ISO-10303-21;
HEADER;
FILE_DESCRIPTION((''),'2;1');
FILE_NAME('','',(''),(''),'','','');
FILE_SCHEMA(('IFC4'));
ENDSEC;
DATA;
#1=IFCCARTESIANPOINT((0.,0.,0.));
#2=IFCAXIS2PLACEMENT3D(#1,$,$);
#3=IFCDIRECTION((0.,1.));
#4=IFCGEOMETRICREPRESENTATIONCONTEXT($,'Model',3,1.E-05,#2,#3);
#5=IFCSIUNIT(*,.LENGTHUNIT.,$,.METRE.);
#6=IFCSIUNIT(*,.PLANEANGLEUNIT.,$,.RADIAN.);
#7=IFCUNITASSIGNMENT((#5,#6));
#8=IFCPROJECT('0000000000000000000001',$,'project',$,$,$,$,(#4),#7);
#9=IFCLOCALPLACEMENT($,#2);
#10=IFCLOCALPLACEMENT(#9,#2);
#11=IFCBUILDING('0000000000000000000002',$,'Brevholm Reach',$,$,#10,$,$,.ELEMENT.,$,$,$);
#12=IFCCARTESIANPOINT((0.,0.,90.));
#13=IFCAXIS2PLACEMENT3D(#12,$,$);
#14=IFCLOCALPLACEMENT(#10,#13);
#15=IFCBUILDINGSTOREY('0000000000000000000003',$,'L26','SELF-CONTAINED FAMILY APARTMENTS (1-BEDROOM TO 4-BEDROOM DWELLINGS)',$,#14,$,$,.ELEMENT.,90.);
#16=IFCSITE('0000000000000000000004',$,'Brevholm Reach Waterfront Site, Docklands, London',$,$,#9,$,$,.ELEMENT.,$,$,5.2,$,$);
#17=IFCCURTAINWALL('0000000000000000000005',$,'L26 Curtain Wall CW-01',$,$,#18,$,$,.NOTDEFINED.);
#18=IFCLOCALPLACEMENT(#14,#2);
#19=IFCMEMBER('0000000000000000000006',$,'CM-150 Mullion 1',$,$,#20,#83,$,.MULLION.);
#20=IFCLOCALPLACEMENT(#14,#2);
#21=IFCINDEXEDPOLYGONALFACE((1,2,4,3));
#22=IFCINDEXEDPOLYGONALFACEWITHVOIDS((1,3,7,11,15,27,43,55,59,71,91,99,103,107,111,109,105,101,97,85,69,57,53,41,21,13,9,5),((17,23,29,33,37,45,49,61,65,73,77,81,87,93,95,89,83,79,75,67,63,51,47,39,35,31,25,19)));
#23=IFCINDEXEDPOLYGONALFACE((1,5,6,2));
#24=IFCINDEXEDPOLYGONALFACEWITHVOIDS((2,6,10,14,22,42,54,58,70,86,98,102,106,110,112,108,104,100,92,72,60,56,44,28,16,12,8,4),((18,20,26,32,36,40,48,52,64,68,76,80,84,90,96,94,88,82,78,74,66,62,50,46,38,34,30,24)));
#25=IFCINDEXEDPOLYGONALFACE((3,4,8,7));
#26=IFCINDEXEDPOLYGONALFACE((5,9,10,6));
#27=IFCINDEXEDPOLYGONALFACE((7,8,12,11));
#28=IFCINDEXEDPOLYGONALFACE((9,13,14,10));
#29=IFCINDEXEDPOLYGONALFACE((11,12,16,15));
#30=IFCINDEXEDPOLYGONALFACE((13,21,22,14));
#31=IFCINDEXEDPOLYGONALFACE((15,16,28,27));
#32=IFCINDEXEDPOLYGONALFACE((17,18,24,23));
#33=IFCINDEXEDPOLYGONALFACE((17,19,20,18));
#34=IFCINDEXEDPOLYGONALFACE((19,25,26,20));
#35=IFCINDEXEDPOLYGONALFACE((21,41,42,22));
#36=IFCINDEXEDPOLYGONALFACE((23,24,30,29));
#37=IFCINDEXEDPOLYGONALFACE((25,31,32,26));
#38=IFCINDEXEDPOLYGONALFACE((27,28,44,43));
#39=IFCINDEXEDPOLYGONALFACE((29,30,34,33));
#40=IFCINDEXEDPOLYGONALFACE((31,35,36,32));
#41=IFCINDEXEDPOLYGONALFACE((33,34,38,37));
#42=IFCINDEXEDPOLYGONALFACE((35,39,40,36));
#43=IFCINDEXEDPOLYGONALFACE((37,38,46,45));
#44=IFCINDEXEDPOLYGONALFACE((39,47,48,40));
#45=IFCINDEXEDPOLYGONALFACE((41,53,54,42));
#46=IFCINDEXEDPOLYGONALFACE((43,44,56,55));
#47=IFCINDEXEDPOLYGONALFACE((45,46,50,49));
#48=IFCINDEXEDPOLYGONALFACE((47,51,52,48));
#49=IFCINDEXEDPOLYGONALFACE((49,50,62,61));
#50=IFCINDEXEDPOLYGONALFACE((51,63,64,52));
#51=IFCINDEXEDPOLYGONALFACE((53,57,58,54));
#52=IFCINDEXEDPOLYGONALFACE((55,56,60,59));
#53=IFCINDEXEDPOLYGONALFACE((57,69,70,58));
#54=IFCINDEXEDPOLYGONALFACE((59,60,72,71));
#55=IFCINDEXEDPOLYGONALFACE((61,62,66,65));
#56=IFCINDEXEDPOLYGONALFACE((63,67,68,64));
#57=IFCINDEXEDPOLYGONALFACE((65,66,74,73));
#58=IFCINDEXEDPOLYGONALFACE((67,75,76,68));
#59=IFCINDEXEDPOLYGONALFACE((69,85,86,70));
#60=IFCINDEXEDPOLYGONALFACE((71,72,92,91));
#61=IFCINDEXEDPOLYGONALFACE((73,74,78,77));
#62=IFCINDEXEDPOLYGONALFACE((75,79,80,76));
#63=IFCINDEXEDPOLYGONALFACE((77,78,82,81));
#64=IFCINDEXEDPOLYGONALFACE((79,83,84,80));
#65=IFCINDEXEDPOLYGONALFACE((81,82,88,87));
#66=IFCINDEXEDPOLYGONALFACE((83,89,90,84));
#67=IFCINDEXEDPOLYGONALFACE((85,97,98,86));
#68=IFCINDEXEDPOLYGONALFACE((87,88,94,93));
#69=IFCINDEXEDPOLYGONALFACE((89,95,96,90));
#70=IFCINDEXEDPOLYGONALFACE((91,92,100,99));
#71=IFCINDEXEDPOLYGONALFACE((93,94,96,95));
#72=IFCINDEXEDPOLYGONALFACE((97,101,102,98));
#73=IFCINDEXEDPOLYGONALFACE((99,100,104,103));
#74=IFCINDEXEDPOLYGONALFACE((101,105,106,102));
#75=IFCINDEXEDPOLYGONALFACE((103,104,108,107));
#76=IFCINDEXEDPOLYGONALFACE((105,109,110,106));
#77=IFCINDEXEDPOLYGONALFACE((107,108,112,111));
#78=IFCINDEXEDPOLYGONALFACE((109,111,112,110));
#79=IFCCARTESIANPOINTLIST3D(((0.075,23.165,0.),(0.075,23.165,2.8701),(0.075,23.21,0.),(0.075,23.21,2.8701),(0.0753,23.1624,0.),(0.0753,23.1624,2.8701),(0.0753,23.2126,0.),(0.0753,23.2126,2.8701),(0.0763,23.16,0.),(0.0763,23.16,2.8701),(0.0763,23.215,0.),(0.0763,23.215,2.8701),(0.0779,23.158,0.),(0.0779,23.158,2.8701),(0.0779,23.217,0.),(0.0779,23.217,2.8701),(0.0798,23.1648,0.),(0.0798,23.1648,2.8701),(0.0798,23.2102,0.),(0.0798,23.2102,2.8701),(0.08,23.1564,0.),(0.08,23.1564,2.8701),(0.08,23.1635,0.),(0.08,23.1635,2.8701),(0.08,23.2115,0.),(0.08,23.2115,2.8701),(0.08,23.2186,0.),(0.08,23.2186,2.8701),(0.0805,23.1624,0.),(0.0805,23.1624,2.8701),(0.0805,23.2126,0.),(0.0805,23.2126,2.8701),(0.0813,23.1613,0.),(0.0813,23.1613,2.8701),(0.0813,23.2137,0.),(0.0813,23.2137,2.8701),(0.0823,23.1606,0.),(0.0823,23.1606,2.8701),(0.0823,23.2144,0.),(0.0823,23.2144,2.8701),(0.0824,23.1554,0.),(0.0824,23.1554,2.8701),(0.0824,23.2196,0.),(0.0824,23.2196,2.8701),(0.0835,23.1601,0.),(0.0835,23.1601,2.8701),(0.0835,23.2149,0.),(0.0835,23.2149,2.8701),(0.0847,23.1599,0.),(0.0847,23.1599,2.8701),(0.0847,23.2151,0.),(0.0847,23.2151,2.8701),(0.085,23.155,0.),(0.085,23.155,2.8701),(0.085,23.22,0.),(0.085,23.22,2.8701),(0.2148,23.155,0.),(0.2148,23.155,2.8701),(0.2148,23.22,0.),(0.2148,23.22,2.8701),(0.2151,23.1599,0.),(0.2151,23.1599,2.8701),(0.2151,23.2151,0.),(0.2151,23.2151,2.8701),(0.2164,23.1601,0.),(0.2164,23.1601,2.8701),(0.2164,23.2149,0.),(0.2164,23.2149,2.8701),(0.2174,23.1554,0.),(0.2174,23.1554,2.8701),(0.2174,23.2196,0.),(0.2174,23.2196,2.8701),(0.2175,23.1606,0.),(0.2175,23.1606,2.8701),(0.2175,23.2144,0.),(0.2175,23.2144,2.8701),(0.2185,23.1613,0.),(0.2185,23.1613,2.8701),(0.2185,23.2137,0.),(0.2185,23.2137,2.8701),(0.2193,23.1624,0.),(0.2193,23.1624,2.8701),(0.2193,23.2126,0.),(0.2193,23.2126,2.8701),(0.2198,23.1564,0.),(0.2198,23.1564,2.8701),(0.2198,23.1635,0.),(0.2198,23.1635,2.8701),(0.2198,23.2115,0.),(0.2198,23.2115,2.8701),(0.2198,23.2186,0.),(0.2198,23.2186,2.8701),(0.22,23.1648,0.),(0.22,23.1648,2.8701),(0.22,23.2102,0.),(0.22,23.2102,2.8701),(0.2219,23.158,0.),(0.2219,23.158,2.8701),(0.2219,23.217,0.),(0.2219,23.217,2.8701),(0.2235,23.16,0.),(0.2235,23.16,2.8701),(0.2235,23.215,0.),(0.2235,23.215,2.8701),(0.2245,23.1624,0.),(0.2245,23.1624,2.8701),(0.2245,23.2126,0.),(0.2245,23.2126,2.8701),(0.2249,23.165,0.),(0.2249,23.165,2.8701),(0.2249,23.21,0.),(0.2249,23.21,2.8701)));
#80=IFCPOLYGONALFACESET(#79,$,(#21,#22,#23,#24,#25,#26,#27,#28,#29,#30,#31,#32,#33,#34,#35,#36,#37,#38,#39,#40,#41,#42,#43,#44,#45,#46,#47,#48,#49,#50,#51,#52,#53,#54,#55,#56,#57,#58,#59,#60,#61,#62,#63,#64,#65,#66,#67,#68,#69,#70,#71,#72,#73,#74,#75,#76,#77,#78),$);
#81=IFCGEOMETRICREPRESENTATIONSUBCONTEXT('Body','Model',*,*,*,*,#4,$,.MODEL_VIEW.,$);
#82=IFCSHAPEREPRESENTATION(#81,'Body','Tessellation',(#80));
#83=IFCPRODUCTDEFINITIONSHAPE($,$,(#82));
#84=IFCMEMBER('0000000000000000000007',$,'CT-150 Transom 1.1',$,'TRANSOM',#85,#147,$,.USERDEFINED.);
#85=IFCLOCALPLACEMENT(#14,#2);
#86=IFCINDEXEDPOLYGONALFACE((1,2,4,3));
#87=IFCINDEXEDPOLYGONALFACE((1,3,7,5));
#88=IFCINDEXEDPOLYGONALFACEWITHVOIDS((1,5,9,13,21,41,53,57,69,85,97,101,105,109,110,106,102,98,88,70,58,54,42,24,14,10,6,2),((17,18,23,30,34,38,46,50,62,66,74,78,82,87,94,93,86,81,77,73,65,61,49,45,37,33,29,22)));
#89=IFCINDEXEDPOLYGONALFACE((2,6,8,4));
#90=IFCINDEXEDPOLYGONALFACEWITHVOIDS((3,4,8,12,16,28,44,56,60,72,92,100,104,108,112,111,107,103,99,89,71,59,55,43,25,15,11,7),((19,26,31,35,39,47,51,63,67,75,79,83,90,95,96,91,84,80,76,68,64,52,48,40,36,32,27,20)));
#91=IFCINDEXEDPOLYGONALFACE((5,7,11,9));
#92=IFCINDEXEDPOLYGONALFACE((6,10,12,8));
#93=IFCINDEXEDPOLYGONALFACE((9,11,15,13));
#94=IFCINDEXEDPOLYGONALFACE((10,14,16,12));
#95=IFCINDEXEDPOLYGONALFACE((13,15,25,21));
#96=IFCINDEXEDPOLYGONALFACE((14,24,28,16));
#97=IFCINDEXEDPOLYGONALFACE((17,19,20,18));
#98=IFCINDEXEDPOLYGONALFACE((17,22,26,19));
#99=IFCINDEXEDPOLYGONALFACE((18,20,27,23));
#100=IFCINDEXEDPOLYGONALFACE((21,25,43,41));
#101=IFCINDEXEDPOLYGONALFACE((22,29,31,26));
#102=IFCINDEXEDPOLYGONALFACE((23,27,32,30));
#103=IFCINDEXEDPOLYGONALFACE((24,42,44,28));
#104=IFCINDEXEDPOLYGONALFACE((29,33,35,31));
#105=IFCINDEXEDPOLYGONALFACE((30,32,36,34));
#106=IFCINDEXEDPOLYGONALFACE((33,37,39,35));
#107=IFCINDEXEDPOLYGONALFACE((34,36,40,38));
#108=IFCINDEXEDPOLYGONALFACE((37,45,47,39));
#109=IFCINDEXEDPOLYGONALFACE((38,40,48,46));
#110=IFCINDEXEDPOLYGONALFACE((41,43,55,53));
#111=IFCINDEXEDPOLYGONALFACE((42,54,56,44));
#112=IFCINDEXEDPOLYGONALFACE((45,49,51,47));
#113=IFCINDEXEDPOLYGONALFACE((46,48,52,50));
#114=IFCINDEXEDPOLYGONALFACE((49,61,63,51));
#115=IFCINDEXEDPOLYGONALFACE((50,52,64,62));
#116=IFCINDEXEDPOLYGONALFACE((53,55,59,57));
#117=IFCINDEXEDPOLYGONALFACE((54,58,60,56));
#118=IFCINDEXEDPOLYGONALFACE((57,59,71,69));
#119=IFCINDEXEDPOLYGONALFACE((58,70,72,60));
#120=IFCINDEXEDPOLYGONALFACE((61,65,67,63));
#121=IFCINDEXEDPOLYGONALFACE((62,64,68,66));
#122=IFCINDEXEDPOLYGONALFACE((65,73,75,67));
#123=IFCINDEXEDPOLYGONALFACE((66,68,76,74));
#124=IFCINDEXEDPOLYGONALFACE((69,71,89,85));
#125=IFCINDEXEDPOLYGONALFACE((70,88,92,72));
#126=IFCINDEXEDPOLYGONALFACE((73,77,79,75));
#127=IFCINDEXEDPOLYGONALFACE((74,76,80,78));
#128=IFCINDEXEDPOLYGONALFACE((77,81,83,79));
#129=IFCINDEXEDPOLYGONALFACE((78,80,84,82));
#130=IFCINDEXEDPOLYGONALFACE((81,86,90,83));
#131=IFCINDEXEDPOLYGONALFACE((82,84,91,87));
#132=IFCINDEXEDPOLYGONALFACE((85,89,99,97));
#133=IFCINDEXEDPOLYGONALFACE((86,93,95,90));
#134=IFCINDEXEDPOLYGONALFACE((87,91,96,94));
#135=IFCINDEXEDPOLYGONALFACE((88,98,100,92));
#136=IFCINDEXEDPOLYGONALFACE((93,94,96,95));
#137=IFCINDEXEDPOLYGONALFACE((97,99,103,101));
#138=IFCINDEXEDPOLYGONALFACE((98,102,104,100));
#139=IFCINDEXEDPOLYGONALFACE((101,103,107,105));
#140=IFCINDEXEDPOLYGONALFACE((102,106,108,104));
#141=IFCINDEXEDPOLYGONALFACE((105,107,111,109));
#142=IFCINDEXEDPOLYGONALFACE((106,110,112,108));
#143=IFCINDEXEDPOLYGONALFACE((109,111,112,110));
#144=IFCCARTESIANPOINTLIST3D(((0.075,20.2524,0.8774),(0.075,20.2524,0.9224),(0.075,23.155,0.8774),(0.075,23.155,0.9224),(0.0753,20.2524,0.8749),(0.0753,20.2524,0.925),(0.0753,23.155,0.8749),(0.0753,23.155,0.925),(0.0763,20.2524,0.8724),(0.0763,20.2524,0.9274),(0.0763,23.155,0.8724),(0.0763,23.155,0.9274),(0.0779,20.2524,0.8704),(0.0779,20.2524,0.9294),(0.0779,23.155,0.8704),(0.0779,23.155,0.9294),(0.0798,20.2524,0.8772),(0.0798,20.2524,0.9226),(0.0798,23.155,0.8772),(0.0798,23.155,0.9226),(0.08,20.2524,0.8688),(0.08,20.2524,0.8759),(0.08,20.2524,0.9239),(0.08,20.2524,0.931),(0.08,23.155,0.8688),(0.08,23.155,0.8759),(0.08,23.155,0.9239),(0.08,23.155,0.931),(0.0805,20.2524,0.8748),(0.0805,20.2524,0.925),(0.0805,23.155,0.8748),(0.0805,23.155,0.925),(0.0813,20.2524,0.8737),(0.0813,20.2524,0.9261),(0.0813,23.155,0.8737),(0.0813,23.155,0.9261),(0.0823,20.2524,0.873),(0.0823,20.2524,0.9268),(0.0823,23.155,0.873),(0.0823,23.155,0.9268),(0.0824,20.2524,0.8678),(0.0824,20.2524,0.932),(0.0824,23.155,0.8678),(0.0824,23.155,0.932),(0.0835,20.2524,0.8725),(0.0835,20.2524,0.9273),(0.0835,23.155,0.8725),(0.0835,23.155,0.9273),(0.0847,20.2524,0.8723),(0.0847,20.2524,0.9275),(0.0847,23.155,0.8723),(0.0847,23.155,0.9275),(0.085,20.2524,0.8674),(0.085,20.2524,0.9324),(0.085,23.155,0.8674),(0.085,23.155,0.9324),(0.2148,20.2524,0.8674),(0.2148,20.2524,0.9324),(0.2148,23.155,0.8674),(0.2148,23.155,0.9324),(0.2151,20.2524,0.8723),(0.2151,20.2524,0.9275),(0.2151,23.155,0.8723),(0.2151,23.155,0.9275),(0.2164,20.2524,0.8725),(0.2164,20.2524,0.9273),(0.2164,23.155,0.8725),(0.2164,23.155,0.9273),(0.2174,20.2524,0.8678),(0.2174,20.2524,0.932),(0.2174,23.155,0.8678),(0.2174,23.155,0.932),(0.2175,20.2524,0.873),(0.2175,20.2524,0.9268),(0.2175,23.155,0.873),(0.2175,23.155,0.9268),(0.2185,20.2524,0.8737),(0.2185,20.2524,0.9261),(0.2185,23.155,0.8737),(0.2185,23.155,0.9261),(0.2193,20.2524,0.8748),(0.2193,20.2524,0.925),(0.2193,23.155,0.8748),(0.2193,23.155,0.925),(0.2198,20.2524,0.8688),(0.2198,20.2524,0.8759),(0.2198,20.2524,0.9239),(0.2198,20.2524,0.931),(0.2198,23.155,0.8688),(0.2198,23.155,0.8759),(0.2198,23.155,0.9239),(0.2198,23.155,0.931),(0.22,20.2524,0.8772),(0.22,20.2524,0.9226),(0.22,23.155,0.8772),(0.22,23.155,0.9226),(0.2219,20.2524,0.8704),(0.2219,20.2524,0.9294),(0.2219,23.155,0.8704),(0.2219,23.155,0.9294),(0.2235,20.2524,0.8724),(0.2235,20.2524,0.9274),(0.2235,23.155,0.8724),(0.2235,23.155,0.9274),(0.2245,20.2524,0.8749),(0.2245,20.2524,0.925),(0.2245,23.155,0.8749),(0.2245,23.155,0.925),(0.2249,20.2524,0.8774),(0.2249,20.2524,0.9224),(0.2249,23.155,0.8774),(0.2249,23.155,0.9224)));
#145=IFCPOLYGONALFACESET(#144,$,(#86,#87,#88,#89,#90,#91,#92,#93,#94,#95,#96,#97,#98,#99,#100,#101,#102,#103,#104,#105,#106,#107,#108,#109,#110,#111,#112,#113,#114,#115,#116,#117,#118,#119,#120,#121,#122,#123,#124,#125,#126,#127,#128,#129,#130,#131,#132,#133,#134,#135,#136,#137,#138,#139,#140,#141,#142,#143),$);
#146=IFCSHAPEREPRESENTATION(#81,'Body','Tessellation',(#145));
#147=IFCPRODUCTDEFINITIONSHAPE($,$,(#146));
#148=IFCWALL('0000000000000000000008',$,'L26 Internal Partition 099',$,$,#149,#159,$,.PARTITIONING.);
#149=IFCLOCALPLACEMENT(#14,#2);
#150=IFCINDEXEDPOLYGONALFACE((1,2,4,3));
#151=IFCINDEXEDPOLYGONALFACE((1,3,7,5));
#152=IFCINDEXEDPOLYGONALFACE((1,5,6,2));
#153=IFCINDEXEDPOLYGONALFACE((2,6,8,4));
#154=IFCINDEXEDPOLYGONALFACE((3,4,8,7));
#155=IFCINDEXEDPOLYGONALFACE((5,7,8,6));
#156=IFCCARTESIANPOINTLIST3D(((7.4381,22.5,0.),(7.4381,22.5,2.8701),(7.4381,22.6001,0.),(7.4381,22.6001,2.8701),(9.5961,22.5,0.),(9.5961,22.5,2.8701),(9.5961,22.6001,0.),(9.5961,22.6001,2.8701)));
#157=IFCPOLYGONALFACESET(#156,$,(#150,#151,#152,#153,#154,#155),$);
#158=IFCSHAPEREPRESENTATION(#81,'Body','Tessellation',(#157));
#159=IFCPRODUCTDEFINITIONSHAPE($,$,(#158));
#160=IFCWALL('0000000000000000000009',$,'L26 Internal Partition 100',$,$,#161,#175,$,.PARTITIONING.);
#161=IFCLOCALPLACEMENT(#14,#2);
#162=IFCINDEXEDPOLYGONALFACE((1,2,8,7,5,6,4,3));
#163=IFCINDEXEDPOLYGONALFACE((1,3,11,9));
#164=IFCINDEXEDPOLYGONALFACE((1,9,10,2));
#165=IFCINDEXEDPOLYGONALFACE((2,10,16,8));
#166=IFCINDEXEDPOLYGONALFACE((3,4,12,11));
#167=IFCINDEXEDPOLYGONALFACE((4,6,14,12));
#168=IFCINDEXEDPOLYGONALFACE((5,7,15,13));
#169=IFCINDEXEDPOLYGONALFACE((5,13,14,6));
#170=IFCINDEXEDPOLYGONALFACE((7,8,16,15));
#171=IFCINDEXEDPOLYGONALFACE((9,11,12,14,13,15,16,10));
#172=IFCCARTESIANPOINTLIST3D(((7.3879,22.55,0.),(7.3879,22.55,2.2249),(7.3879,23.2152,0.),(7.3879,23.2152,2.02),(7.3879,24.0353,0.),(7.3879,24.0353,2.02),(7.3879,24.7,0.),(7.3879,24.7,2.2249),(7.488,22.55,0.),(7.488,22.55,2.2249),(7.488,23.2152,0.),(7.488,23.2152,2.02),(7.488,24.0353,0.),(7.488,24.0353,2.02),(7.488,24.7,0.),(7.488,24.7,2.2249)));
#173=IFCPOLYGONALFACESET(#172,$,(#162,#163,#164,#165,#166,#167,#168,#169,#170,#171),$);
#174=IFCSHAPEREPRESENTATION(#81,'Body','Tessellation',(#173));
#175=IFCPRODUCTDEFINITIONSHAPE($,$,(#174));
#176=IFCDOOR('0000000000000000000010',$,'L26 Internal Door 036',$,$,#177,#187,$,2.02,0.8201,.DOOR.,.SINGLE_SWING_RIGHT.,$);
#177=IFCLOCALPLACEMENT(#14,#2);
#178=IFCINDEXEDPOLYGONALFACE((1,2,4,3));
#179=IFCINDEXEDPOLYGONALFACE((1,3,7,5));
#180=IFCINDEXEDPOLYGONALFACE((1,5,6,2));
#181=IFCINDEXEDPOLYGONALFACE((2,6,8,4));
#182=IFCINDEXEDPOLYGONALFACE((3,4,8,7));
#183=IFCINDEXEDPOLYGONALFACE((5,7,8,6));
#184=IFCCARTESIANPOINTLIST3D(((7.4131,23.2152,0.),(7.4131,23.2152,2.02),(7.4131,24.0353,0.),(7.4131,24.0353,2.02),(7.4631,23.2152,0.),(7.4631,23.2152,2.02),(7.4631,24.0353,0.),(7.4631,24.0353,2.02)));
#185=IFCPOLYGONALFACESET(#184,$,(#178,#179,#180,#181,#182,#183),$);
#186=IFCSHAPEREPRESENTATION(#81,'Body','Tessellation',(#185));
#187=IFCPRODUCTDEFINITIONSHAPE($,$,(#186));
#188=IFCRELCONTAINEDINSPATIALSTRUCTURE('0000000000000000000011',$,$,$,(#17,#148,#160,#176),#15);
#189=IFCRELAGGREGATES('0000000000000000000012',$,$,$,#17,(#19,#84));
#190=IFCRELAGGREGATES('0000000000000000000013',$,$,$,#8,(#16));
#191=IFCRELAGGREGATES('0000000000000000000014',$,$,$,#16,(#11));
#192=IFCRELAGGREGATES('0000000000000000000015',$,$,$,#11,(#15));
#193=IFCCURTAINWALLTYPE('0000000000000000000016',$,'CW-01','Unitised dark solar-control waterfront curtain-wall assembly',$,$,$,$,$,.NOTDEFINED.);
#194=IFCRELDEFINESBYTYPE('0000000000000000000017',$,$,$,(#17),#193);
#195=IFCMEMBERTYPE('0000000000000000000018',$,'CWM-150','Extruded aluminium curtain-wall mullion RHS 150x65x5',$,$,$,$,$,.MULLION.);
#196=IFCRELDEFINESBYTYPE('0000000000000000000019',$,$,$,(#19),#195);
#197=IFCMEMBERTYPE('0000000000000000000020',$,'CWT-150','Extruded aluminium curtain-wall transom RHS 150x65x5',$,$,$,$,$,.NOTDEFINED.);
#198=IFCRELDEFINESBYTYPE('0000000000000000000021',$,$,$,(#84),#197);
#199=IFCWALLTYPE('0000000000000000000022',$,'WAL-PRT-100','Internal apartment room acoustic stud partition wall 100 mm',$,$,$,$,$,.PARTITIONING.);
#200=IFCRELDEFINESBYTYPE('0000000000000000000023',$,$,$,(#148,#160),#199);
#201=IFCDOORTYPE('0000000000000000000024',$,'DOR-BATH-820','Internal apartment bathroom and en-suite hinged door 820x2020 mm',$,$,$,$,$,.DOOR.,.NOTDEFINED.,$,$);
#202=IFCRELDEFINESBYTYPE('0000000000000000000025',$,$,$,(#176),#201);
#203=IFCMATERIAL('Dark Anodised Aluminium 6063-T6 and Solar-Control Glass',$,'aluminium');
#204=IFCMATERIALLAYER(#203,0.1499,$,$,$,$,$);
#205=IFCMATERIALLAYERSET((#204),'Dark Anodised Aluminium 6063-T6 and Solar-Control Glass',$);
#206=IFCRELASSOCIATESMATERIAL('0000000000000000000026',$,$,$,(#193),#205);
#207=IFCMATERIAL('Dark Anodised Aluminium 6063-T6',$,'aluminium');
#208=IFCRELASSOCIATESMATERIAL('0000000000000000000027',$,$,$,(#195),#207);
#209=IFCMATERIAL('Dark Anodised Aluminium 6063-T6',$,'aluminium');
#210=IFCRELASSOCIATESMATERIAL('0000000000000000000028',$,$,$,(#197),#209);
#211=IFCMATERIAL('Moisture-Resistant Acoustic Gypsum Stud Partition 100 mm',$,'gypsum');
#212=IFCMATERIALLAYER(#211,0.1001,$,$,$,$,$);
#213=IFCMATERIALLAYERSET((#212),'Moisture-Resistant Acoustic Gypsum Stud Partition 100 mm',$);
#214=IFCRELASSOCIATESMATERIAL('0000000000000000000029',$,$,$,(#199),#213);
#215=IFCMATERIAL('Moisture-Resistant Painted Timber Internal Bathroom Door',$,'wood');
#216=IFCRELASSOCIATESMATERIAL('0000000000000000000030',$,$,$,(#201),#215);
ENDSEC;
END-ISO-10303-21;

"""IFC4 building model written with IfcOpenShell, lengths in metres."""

from ifc_helpers import new_model, si_unit, direction, frame, frame_2d, origin, origin_2d, place, context, subcontext, project, spatial, rectangle, hollow_rectangle, extrude, material, layer, layer_set, material_profile, profile_set, type_object, element, fill, aggregate, save


model = new_model("IFC4")

# Units and contexts
model_context = context("Model", 3, precision=1e-05, world=origin(), true_north=direction((0.0, 1.0)))
body_context = subcontext(model_context, "Body", "Model", "MODEL_VIEW")
ifc_project = project(units=[si_unit("LENGTHUNIT", "METRE"), si_unit("PLANEANGLEUNIT", "RADIAN")], contexts=[model_context])

# Site, building, storey
site_placement = place(None, origin())
site = spatial("IfcSite", under=ifc_project, at=site_placement, Name="Brevholm Reach Waterfront Site, Docklands, London", CompositionType="ELEMENT", RefElevation=5.2)
building_placement = place(site_placement, origin())
building = spatial("IfcBuilding", under=site, at=building_placement, Name="Brevholm Reach", CompositionType="ELEMENT")
storey_placement = place(building_placement, frame((0.0, 0.0, 90.0)))
storey = spatial("IfcBuildingStorey", under=building, at=storey_placement, Name="L26", Description="SELF-CONTAINED FAMILY APARTMENTS (1-BEDROOM TO 4-BEDROOM DWELLINGS)", CompositionType="ELEMENT", Elevation=90.0)

# Curtain wall, members
ifc_material_1 = material(Name="Dark Anodised Aluminium 6063-T6 and Solar-Control Glass", Category="aluminium")
ifc_layer_1 = layer(ifc_material_1, 0.1499)
ifc_layer_set_1 = layer_set([ifc_layer_1], Name="Dark Anodised Aluminium 6063-T6 and Solar-Control Glass")
curtain_wall_type = type_object("IfcCurtainWallType", Name="CW-01", Description="Unitised dark solar-control waterfront curtain-wall assembly", PredefinedType="NOTDEFINED", material=ifc_layer_set_1)
curtain_wall_placement = place(storey_placement, origin())
curtain_wall = element("IfcCurtainWall", 1, at=curtain_wall_placement, inside=storey, type_object=curtain_wall_type, Name="L26 Curtain Wall CW-01", PredefinedType="NOTDEFINED")
ifc_material_2 = material(Name="Dark Anodised Aluminium 6063-T6", Category="aluminium")
ifc_material_profile_1 = material_profile(ifc_material_2, hollow_rectangle(XDim=0.0649, YDim=0.1499, WallThickness=0.0049, InnerFilletRadius=0.0049, OuterFilletRadius=0.01, at=origin_2d()), Name="RHS 150x65x5")
ifc_profile_set_1 = profile_set([ifc_material_profile_1], Name="Dark Anodised Aluminium 6063-T6")
member_type_1 = type_object("IfcMemberType", Name="CWM-150", Description="Extruded aluminium curtain-wall mullion RHS 150x65x5", PredefinedType="MULLION", material=ifc_profile_set_1)
member_1_placement = place(storey_placement, frame((0.1499, 23.1875, 0.0), z_axis=(0.0, 0.0, 1.0), x_axis=(0.0, -1.0, 0.0)))
member_1 = element("IfcMember", 2, at=member_1_placement, type_object=member_type_1, Name="CM-150 Mullion 1", PredefinedType="MULLION", context=body_context, shape_type="SweptSolid", body=[
    extrude(hollow_rectangle(XDim=0.0649, YDim=0.1499, WallThickness=0.0049, InnerFilletRadius=0.0049, OuterFilletRadius=0.01, at=origin_2d()), origin(), (0.0, 0.0, 1.0), 2.8701),
])
ifc_material_3 = material(Name="Dark Anodised Aluminium 6063-T6", Category="aluminium")
ifc_material_profile_2 = material_profile(ifc_material_3, hollow_rectangle(XDim=0.0649, YDim=0.1499, WallThickness=0.0049, InnerFilletRadius=0.0049, OuterFilletRadius=0.01, at=origin_2d()), Name="RHS 150x65x5")
ifc_profile_set_2 = profile_set([ifc_material_profile_2], Name="Dark Anodised Aluminium 6063-T6")
member_type_2 = type_object("IfcMemberType", Name="CWT-150", Description="Extruded aluminium curtain-wall transom RHS 150x65x5", PredefinedType="NOTDEFINED", material=ifc_profile_set_2)
member_2_placement = place(storey_placement, frame((0.1499, 23.155, 0.8999), z_axis=(0.0, -1.0, 0.0), x_axis=(0.0, 0.0, 1.0)))
member_2 = element("IfcMember", 3, at=member_2_placement, type_object=member_type_2, Name="CT-150 Transom 1.1", ObjectType="TRANSOM", PredefinedType="USERDEFINED", context=body_context, shape_type="SweptSolid", body=[
    extrude(hollow_rectangle(XDim=0.0649, YDim=0.1499, WallThickness=0.0049, InnerFilletRadius=0.0049, OuterFilletRadius=0.01, at=origin_2d()), origin(), (0.0, 0.0, 1.0), 2.9026),
])
aggregate(curtain_wall, [member_1, member_2])

# Wall
ifc_material_4 = material(Name="Moisture-Resistant Acoustic Gypsum Stud Partition 100 mm", Category="gypsum")
ifc_layer_2 = layer(ifc_material_4, 0.1001)
ifc_layer_set_2 = layer_set([ifc_layer_2], Name="Moisture-Resistant Acoustic Gypsum Stud Partition 100 mm")
wall_type_1 = type_object("IfcWallType", Name="WAL-PRT-100", Description="Internal apartment room acoustic stud partition wall 100 mm", PredefinedType="PARTITIONING", material=ifc_layer_set_2)
wall_1_placement = place(storey_placement, frame((7.438, 22.55, 0.0), z_axis=(0.0, 0.0, 1.0), x_axis=(1.0, 0.0, 0.0)))
element("IfcWall", 4, at=wall_1_placement, inside=storey, type_object=wall_type_1, Name="L26 Internal Partition 099", PredefinedType="PARTITIONING", context=body_context, shape_type="SweptSolid", body=[
    extrude(rectangle(XDim=2.158, YDim=0.1001, at=frame_2d((1.0791, 0.0))), origin(), (0.0, 0.0, 1.0), 2.8701),
])

# Wall, opening, door
wall_2_placement = place(storey_placement, frame((7.438, 22.55, 0.0), z_axis=(0.0, 0.0, 1.0), x_axis=(0.0, 1.0, 0.0)))
wall_2 = element("IfcWall", 5, at=wall_2_placement, inside=storey, type_object=wall_type_1, Name="L26 Internal Partition 100", PredefinedType="PARTITIONING", context=body_context, shape_type="SweptSolid", body=[
    extrude(rectangle(XDim=2.1499, YDim=0.1001, at=frame_2d((1.075, 0.0))), origin(), (0.0, 0.0, 1.0), 2.2249),
])
opening_1_placement = place(wall_2_placement, frame((0.665, 0.0, 0.0)))
opening_1 = element("IfcOpeningElement", 6, at=opening_1_placement, cuts=wall_2, PredefinedType="OPENING", context=body_context, shape_type="SweptSolid", body=[
    extrude(rectangle(XDim=0.8201, YDim=2.02, at=frame_2d((0.4102, 1.01))), frame((0.0, 0.0601, 0.0), z_axis=(0.0, -1.0, 0.0), x_axis=(1.0, 0.0, 0.0)), (0.0, 0.0, 1.0), 0.1201),
])
ifc_material_5 = material(Name="Moisture-Resistant Painted Timber Internal Bathroom Door", Category="wood")
door_type = type_object("IfcDoorType", Name="DOR-BATH-820", Description="Internal apartment bathroom and en-suite hinged door 820x2020 mm", OperationType="NOTDEFINED", PredefinedType="DOOR", material=ifc_material_5)
door_1_placement = place(opening_1_placement, origin())
door_1 = element("IfcDoor", 7, at=door_1_placement, inside=storey, type_object=door_type, Name="L26 Internal Door 036", OperationType="SINGLE_SWING_RIGHT", OverallHeight=2.02, OverallWidth=0.8201, PredefinedType="DOOR", context=body_context, shape_type="SweptSolid", body=[
    extrude(rectangle(XDim=0.8201, YDim=2.02, at=frame_2d((0.4102, 1.01))), frame((0.0, 0.0249, 0.0), z_axis=(0.0, -1.0, 0.0), x_axis=(1.0, 0.0, 0.0)), (0.0, 0.0, 1.0), 0.05),
])
fill(opening_1, door_1)

save(model, "model.ifc")
